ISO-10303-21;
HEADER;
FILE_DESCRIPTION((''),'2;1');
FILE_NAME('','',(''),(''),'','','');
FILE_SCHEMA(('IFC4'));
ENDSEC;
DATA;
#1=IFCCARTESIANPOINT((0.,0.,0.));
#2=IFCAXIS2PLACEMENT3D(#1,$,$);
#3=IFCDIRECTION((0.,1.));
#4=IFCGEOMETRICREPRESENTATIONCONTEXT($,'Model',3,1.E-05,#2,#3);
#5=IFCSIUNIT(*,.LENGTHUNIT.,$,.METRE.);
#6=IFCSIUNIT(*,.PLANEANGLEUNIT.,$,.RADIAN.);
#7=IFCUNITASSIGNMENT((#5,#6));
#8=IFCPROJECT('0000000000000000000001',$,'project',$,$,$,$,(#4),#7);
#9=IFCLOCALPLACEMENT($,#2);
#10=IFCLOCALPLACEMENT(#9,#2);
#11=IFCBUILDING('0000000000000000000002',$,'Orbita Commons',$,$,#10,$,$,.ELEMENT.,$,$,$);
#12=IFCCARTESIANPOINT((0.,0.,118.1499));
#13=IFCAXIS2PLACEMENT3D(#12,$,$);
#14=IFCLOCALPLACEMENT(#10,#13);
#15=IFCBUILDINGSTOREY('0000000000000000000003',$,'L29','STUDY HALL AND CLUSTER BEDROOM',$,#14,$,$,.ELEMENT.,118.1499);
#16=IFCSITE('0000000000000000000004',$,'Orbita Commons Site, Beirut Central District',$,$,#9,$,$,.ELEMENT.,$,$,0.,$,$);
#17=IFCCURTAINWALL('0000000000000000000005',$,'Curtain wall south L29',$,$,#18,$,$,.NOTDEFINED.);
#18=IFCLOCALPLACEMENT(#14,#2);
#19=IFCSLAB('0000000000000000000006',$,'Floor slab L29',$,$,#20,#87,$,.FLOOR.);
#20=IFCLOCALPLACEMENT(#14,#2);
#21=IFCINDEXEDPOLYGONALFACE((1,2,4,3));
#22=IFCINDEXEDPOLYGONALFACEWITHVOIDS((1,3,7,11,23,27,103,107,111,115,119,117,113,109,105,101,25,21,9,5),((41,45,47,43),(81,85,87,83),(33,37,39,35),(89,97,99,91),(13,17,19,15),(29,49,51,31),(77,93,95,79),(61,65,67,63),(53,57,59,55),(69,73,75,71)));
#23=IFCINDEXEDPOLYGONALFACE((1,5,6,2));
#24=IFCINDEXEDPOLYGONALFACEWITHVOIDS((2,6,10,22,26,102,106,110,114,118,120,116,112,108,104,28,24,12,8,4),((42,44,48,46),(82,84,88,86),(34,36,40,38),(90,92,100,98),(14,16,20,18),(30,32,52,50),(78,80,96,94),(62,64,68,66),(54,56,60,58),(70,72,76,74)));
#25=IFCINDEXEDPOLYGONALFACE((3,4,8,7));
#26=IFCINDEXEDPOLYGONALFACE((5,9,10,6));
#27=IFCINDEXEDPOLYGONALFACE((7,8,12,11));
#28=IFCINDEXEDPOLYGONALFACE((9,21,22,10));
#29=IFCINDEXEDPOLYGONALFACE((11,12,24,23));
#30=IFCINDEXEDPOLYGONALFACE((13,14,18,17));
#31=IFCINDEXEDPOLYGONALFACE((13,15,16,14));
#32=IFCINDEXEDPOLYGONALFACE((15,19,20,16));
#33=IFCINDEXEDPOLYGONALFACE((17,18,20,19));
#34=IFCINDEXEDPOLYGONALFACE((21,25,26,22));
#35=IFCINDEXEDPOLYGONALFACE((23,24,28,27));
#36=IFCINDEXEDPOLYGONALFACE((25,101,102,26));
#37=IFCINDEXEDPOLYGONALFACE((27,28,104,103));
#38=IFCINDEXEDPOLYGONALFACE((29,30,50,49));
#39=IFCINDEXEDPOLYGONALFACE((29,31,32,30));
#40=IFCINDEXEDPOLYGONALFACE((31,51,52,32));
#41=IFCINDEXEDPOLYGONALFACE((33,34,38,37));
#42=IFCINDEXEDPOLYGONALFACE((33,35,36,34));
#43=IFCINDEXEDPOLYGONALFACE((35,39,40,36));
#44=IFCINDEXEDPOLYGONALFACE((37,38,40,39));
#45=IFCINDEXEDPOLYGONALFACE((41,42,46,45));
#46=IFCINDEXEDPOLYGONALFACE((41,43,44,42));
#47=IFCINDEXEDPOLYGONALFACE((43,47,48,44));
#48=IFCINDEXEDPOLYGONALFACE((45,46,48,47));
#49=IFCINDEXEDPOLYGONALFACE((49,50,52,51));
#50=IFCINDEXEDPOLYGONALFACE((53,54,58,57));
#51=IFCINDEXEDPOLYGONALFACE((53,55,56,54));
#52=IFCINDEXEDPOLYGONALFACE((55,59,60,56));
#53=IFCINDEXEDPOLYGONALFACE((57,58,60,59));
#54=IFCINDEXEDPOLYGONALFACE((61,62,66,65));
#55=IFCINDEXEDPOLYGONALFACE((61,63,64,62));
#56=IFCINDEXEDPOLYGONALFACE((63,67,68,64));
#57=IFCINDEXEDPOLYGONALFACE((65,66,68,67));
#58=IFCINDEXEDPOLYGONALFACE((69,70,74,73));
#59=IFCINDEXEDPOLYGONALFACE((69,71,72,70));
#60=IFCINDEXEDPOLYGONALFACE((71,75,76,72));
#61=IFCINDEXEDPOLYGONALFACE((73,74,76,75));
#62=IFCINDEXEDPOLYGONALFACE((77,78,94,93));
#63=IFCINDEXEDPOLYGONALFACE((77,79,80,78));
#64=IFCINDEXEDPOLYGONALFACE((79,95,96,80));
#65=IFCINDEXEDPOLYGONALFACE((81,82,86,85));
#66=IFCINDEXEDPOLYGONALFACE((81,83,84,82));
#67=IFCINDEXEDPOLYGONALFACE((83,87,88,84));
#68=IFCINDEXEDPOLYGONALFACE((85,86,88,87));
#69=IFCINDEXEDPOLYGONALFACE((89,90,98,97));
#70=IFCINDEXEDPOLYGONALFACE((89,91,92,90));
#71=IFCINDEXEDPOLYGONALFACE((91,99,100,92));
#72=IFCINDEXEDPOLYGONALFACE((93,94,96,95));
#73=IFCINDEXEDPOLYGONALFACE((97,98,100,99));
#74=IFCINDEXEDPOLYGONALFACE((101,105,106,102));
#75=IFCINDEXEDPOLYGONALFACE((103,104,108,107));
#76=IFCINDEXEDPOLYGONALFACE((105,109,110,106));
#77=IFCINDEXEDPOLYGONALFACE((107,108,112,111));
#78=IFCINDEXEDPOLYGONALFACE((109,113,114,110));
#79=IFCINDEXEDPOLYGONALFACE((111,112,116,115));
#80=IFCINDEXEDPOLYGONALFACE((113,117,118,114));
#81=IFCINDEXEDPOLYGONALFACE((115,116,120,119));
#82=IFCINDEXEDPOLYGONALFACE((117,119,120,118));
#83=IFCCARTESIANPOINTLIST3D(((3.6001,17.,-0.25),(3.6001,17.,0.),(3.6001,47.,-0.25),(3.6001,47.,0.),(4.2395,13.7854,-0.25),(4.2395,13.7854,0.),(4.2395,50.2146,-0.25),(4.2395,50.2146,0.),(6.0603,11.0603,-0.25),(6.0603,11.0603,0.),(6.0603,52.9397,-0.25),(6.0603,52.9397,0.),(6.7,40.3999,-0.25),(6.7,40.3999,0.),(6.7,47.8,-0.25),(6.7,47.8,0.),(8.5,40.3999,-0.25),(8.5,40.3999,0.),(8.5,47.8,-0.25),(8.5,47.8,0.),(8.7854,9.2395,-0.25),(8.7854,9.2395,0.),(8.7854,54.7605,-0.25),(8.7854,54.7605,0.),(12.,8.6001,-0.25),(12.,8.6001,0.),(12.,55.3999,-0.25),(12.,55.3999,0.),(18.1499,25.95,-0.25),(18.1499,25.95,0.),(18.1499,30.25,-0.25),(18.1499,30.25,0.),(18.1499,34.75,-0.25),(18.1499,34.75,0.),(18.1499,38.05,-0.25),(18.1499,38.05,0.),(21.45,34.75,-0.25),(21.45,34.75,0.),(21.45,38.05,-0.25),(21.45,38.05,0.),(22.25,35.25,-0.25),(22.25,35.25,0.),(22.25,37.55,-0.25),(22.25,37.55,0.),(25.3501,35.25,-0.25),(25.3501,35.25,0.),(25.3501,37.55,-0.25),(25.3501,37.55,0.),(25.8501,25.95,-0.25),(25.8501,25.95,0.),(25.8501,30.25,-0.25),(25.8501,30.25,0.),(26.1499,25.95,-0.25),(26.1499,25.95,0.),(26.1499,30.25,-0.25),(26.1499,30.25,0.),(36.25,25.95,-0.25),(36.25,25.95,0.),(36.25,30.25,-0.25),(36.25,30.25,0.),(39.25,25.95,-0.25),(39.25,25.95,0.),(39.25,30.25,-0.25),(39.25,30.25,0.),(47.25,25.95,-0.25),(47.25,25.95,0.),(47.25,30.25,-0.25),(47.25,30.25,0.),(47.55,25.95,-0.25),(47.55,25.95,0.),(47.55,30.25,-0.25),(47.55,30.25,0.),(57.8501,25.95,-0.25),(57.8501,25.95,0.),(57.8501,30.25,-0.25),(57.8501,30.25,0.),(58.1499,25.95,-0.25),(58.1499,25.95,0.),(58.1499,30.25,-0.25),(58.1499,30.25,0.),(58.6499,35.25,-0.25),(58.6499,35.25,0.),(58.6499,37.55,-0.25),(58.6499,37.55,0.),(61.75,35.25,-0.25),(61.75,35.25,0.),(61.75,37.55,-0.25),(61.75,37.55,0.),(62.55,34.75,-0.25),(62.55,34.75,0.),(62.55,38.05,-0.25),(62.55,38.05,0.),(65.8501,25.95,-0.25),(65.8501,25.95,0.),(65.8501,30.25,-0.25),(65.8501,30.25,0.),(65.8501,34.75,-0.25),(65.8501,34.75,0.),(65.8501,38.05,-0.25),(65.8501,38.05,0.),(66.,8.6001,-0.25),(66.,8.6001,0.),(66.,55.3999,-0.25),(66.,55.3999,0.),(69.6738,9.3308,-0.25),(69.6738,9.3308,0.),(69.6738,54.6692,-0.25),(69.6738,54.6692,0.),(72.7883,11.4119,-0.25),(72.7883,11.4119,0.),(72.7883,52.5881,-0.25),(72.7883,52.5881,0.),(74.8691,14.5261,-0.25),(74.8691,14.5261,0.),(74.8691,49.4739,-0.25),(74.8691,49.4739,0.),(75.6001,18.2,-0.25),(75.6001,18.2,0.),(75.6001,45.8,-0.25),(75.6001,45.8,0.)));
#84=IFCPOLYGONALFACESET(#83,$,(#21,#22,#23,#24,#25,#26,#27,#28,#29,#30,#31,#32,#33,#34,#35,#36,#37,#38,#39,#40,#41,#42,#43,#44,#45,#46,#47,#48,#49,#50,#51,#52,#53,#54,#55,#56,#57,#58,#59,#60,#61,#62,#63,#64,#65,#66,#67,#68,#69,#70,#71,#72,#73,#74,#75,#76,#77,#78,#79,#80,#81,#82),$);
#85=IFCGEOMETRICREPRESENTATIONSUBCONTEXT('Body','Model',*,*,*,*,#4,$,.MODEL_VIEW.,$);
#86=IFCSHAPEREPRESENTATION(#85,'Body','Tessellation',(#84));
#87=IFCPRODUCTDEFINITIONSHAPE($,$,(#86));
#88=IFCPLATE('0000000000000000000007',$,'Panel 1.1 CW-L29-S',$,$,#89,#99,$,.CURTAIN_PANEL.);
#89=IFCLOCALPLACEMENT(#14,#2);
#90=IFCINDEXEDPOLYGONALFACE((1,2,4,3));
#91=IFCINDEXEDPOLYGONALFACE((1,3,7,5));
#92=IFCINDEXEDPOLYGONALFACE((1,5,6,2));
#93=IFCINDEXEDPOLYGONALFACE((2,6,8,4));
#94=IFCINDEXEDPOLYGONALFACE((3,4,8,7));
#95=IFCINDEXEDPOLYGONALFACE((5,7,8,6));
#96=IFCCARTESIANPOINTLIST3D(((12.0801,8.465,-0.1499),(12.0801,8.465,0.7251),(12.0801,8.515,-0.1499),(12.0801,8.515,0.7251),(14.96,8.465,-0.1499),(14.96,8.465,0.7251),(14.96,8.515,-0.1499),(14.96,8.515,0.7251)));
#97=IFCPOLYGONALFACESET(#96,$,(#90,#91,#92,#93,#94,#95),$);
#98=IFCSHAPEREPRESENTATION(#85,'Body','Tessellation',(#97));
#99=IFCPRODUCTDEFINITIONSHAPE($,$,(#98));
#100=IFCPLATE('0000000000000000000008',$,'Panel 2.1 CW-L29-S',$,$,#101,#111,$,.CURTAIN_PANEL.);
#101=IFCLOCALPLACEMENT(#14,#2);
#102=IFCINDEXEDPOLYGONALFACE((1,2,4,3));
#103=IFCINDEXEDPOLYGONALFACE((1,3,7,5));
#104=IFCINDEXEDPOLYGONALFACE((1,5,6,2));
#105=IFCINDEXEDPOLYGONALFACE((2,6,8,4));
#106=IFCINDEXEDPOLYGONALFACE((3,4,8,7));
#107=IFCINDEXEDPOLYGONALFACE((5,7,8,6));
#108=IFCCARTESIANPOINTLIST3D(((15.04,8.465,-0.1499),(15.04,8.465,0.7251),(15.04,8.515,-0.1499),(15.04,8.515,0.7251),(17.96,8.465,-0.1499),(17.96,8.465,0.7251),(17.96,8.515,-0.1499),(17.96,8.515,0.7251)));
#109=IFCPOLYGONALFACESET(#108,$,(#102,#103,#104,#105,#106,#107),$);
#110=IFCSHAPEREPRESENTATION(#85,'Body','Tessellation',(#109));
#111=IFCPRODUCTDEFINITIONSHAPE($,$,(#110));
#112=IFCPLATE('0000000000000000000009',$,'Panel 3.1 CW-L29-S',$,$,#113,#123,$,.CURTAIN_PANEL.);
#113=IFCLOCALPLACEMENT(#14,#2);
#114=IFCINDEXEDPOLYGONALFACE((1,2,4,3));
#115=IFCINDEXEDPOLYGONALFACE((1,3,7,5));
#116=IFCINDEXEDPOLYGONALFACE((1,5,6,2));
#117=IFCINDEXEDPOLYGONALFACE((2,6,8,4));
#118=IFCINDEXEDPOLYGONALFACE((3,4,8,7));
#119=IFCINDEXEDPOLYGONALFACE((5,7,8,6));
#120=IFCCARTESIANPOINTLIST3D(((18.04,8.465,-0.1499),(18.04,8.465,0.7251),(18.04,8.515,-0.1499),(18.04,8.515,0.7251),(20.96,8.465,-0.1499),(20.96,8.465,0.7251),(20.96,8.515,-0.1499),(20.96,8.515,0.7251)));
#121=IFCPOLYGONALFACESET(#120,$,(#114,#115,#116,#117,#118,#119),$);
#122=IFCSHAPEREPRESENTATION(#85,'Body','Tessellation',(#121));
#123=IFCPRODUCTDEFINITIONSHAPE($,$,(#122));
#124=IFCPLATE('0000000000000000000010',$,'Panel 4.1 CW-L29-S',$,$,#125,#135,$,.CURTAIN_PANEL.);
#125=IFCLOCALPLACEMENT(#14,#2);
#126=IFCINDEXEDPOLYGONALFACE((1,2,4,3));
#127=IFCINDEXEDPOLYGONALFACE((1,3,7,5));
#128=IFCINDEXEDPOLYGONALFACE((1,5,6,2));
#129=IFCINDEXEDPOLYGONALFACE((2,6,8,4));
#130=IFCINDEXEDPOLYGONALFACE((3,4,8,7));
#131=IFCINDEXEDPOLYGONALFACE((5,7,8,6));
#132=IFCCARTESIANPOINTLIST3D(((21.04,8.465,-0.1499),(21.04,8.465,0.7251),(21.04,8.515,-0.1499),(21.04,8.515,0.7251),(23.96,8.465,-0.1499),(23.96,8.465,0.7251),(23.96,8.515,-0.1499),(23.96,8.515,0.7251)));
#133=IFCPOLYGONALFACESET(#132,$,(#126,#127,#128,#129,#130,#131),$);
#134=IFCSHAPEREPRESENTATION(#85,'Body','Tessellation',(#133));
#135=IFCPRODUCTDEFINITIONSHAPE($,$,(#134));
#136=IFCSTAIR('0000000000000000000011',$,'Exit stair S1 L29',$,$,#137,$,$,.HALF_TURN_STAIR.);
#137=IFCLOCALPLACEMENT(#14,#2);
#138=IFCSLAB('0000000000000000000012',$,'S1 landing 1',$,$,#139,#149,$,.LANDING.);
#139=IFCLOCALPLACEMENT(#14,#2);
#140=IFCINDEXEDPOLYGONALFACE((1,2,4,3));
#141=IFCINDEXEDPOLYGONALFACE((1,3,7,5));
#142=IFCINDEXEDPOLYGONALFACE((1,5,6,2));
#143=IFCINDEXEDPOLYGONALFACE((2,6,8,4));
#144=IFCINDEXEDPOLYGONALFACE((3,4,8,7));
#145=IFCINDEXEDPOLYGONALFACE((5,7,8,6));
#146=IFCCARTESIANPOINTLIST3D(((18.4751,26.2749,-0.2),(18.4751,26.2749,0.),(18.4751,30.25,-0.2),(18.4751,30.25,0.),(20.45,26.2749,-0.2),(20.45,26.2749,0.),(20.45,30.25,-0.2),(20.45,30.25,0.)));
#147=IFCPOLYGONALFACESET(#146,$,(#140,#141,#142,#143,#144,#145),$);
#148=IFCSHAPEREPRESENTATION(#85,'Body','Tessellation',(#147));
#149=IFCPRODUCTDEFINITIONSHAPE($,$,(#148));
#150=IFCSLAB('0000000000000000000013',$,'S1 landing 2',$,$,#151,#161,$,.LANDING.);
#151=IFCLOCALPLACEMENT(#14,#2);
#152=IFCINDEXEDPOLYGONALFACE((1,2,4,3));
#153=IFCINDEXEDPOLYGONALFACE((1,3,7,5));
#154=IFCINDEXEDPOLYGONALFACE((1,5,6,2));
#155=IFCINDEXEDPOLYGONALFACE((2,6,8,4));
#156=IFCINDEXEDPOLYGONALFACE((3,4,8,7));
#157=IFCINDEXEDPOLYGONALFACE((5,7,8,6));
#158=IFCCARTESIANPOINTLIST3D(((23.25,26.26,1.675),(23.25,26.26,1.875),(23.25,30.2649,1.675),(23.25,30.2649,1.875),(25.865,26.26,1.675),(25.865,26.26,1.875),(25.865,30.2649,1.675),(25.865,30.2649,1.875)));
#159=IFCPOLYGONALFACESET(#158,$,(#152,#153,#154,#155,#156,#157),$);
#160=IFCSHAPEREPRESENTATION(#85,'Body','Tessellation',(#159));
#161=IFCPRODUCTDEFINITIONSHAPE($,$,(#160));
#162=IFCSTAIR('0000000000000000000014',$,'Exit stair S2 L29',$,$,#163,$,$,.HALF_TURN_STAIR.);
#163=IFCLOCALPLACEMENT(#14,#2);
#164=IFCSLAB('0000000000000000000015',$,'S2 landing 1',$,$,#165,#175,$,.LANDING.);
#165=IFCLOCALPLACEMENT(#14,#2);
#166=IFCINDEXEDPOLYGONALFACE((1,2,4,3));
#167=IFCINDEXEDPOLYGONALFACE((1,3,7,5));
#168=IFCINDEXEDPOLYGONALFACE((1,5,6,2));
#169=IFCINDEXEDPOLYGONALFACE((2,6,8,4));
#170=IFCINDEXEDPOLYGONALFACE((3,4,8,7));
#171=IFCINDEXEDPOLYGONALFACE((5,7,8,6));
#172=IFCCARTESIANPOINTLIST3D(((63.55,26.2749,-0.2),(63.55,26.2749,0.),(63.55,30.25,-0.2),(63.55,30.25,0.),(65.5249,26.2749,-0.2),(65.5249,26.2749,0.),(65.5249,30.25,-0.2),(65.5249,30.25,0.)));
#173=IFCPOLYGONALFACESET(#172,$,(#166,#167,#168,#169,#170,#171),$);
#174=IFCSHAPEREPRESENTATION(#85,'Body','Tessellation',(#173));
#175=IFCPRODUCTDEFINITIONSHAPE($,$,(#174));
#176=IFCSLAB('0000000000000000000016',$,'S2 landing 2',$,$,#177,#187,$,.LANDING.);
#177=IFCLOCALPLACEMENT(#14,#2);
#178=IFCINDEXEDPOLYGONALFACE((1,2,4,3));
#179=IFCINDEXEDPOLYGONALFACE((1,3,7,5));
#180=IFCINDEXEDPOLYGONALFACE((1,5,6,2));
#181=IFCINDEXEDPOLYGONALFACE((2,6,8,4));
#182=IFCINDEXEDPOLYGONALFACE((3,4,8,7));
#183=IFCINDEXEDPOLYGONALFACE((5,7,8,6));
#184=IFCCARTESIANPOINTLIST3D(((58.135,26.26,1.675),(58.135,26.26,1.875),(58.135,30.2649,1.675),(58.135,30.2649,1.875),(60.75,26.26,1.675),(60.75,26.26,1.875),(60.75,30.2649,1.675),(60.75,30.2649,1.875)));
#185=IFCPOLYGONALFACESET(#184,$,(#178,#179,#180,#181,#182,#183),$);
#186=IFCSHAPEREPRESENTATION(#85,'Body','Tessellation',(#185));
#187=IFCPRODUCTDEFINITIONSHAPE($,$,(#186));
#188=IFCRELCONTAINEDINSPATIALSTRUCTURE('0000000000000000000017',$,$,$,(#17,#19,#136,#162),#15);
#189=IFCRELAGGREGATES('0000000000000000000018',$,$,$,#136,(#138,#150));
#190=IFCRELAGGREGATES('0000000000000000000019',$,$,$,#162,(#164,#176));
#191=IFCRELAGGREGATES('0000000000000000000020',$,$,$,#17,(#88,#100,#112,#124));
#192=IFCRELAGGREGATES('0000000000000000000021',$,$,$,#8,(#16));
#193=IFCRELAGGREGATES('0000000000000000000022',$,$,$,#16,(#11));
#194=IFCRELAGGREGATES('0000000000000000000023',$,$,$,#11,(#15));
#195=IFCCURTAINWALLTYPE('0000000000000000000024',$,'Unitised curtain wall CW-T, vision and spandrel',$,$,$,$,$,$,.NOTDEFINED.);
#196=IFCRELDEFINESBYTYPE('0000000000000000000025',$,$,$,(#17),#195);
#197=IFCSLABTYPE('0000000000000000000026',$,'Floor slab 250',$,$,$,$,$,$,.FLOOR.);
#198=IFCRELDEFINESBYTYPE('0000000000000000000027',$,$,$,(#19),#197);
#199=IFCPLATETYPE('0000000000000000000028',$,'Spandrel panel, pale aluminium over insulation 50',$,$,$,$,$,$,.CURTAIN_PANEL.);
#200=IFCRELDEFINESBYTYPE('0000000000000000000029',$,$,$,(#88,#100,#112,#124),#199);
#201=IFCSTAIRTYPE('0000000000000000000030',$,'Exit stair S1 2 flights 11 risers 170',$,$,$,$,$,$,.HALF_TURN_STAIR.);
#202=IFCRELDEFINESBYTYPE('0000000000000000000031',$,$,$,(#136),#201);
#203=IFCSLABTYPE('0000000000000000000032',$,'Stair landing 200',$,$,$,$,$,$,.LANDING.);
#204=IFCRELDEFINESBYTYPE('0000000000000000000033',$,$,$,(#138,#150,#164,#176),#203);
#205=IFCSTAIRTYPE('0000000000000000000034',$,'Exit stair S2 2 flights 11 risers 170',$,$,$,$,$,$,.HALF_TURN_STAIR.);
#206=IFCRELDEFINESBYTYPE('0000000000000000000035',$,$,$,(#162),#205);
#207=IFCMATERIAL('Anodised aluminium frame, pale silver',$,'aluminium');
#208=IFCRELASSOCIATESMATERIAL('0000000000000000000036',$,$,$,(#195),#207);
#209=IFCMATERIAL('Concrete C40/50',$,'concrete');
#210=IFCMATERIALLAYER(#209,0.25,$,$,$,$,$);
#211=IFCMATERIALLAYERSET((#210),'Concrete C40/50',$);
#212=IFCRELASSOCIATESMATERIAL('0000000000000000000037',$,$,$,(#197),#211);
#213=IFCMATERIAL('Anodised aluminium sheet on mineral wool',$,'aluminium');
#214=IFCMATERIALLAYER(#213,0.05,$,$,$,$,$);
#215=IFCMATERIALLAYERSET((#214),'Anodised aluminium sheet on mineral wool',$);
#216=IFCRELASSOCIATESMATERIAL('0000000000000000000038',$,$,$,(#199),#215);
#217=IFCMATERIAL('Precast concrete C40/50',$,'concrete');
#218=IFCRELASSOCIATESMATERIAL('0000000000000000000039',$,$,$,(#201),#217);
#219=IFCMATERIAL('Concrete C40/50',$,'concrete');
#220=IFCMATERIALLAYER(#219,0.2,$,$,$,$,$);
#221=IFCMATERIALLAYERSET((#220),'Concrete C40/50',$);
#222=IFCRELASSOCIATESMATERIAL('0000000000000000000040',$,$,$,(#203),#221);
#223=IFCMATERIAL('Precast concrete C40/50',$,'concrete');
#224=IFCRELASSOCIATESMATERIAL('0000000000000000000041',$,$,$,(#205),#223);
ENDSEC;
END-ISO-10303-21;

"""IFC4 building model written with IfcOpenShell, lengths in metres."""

from ifc_helpers import new_model, si_unit, direction, frame, origin, origin_2d, place, context, subcontext, project, spatial, polyline, rectangle, outline, extrude, material, layer, layer_set, type_object, element, aggregate, save


model = new_model("IFC4")

# Units and contexts
model_context = context("Model", 3, precision=1e-05, world=origin(), true_north=direction((0.0, 1.0)))
body_context = subcontext(model_context, "Body", "Model", "MODEL_VIEW")
ifc_project = project(units=[si_unit("LENGTHUNIT", "METRE"), si_unit("PLANEANGLEUNIT", "RADIAN")], contexts=[model_context])

# Site, building, storey
site_placement = place(None, origin())
site = spatial("IfcSite", under=ifc_project, at=site_placement, Name="Orbita Commons Site, Beirut Central District", CompositionType="ELEMENT", RefElevation=0.0)
building_placement = place(site_placement, origin())
building = spatial("IfcBuilding", under=site, at=building_placement, Name="Orbita Commons", CompositionType="ELEMENT")
storey_placement = place(building_placement, frame((0.0, 0.0, 118.1499)))
storey = spatial("IfcBuildingStorey", under=building, at=storey_placement, Name="L29", Description="STUDY HALL AND CLUSTER BEDROOM", CompositionType="ELEMENT", Elevation=118.1499)

# Curtain wall
ifc_material_1 = material(Name="Anodised aluminium frame, pale silver", Category="aluminium")
curtain_wall_type = type_object("IfcCurtainWallType", Name="Unitised curtain wall CW-T, vision and spandrel", PredefinedType="NOTDEFINED", material=ifc_material_1)
curtain_wall_placement = place(storey_placement, origin())
curtain_wall = element("IfcCurtainWall", 1, at=curtain_wall_placement, inside=storey, type_object=curtain_wall_type, Name="Curtain wall south L29", PredefinedType="NOTDEFINED")

# Slab
ifc_material_2 = material(Name="Concrete C40/50", Category="concrete")
ifc_layer_1 = layer(ifc_material_2, 0.25)
ifc_layer_set_1 = layer_set([ifc_layer_1], Name="Concrete C40/50")
slab_type_1 = type_object("IfcSlabType", Name="Floor slab 250", PredefinedType="FLOOR", material=ifc_layer_set_1)
slab_1_placement = place(storey_placement, frame((0.0, 0.0, -0.25)))
element("IfcSlab", 2, at=slab_1_placement, inside=storey, type_object=slab_type_1, Name="Floor slab L29", PredefinedType="FLOOR", context=body_context, shape_type="SweptSolid", body=[
    extrude(outline(polyline([(66.0, 8.6001), (69.6738, 9.3308), (72.7883, 11.4119), (74.8691, 14.5261), (75.6001, 18.2), (75.6001, 45.8), (74.8691, 49.4739), (72.7883, 52.5881), (69.6738, 54.6692), (66.0, 55.3999), (12.0, 55.3999), (8.7854, 54.7605), (6.0603, 52.9397), (4.2395, 50.2146), (3.6001, 47.0), (3.6001, 17.0), (4.2395, 13.7854), (6.0603, 11.0603), (8.7854, 9.2395), (12.0, 8.6001), (66.0, 8.6001)]), holes=[polyline([(18.1499, 25.95), (25.8501, 25.95), (25.8501, 30.25), (18.1499, 30.25), (18.1499, 25.95)]), polyline([(58.1499, 25.95), (65.8501, 25.95), (65.8501, 30.25), (58.1499, 30.25), (58.1499, 25.95)]), polyline([(18.1499, 34.75), (21.45, 34.75), (21.45, 38.05), (18.1499, 38.05), (18.1499, 34.75)]), polyline([(62.55, 34.75), (65.8501, 34.75), (65.8501, 38.05), (62.55, 38.05), (62.55, 34.75)]), polyline([(22.25, 35.25), (25.3501, 35.25), (25.3501, 37.55), (22.25, 37.55), (22.25, 35.25)]), polyline([(58.6499, 35.25), (61.75, 35.25), (61.75, 37.55), (58.6499, 37.55), (58.6499, 35.25)]), polyline([(26.1499, 25.95), (36.25, 25.95), (36.25, 30.25), (26.1499, 30.25), (26.1499, 25.95)]), polyline([(39.25, 25.95), (47.25, 25.95), (47.25, 30.25), (39.25, 30.25), (39.25, 25.95)]), polyline([(47.55, 25.95), (57.8501, 25.95), (57.8501, 30.25), (47.55, 30.25), (47.55, 25.95)]), polyline([(6.7, 40.3999), (8.5, 40.3999), (8.5, 47.8), (6.7, 47.8), (6.7, 40.3999)])]), origin(), (0.0, 0.0, 1.0), 0.25),
])

# Plates
ifc_material_3 = material(Name="Anodised aluminium sheet on mineral wool", Category="aluminium")
ifc_layer_2 = layer(ifc_material_3, 0.05)
ifc_layer_set_2 = layer_set([ifc_layer_2], Name="Anodised aluminium sheet on mineral wool")
plate_type_1 = type_object("IfcPlateType", Name="Spandrel panel, pale aluminium over insulation 50", PredefinedType="CURTAIN_PANEL", material=ifc_layer_set_2)
plate_1_placement = place(storey_placement, frame((13.52, 8.49, -0.1499), z_axis=(0.0, 0.0, 1.0), x_axis=(1.0, 0.0, 0.0)))
plate_1 = element("IfcPlate", 3, at=plate_1_placement, type_object=plate_type_1, Name="Panel 1.1 CW-L29-S", PredefinedType="CURTAIN_PANEL", context=body_context, shape_type="SweptSolid", body=[
    extrude(rectangle(XDim=2.8799, YDim=0.05, at=origin_2d()), origin(), (0.0, 0.0, 1.0), 0.875),
])
plate_2_placement = place(storey_placement, frame((16.5, 8.49, -0.1499), z_axis=(0.0, 0.0, 1.0), x_axis=(1.0, 0.0, 0.0)))
plate_2 = element("IfcPlate", 4, at=plate_2_placement, type_object=plate_type_1, Name="Panel 2.1 CW-L29-S", PredefinedType="CURTAIN_PANEL", context=body_context, shape_type="SweptSolid", body=[
    extrude(rectangle(XDim=2.9199, YDim=0.05, at=origin_2d()), origin(), (0.0, 0.0, 1.0), 0.875),
])
plate_3_placement = place(storey_placement, frame((19.5, 8.49, -0.1499), z_axis=(0.0, 0.0, 1.0), x_axis=(1.0, 0.0, 0.0)))
plate_3 = element("IfcPlate", 5, at=plate_3_placement, type_object=plate_type_1, Name="Panel 3.1 CW-L29-S", PredefinedType="CURTAIN_PANEL", context=body_context, shape_type="SweptSolid", body=[
    extrude(rectangle(XDim=2.9199, YDim=0.05, at=origin_2d()), origin(), (0.0, 0.0, 1.0), 0.875),
])
plate_4_placement = place(storey_placement, frame((22.5, 8.49, -0.1499), z_axis=(0.0, 0.0, 1.0), x_axis=(1.0, 0.0, 0.0)))
plate_4 = element("IfcPlate", 6, at=plate_4_placement, type_object=plate_type_1, Name="Panel 4.1 CW-L29-S", PredefinedType="CURTAIN_PANEL", context=body_context, shape_type="SweptSolid", body=[
    extrude(rectangle(XDim=2.9199, YDim=0.05, at=origin_2d()), origin(), (0.0, 0.0, 1.0), 0.875),
])

# Stairs, slabs
ifc_material_4 = material(Name="Precast concrete C40/50", Category="concrete")
stair_type_1 = type_object("IfcStairType", Name="Exit stair S1 2 flights 11 risers 170", PredefinedType="HALF_TURN_STAIR", material=ifc_material_4)
stair_1_placement = place(storey_placement, origin())
stair_1 = element("IfcStair", 7, at=stair_1_placement, inside=storey, type_object=stair_type_1, Name="Exit stair S1 L29", PredefinedType="HALF_TURN_STAIR")
ifc_material_5 = material(Name="Concrete C40/50", Category="concrete")
ifc_layer_3 = layer(ifc_material_5, 0.2)
ifc_layer_set_3 = layer_set([ifc_layer_3], Name="Concrete C40/50")
slab_type_2 = type_object("IfcSlabType", Name="Stair landing 200", PredefinedType="LANDING", material=ifc_layer_set_3)
slab_2_placement = place(storey_placement, frame((0.0, 0.0, -0.2)))
slab_2 = element("IfcSlab", 8, at=slab_2_placement, type_object=slab_type_2, Name="S1 landing 1", PredefinedType="LANDING", context=body_context, shape_type="SweptSolid", body=[
    extrude(outline(polyline([(18.4751, 26.2749), (20.45, 26.2749), (20.45, 30.25), (18.4751, 30.25), (18.4751, 26.2749)])), origin(), (0.0, 0.0, 1.0), 0.2),
])
slab_3_placement = place(storey_placement, frame((0.0, 0.0, 1.675)))
slab_3 = element("IfcSlab", 9, at=slab_3_placement, type_object=slab_type_2, Name="S1 landing 2", PredefinedType="LANDING", context=body_context, shape_type="SweptSolid", body=[
    extrude(outline(polyline([(23.25, 26.26), (25.865, 26.26), (25.865, 30.2649), (23.25, 30.2649), (23.25, 26.26)])), origin(), (0.0, 0.0, 1.0), 0.2),
])
aggregate(stair_1, [slab_2, slab_3])
ifc_material_6 = material(Name="Precast concrete C40/50", Category="concrete")
stair_type_2 = type_object("IfcStairType", Name="Exit stair S2 2 flights 11 risers 170", PredefinedType="HALF_TURN_STAIR", material=ifc_material_6)
stair_2_placement = place(storey_placement, origin())
stair_2 = element("IfcStair", 10, at=stair_2_placement, inside=storey, type_object=stair_type_2, Name="Exit stair S2 L29", PredefinedType="HALF_TURN_STAIR")
slab_4_placement = place(storey_placement, frame((0.0, 0.0, -0.2)))
slab_4 = element("IfcSlab", 11, at=slab_4_placement, type_object=slab_type_2, Name="S2 landing 1", PredefinedType="LANDING", context=body_context, shape_type="SweptSolid", body=[
    extrude(outline(polyline([(63.55, 26.2749), (65.5249, 26.2749), (65.5249, 30.25), (63.55, 30.25), (63.55, 26.2749)])), origin(), (0.0, 0.0, 1.0), 0.2),
])
slab_5_placement = place(storey_placement, frame((0.0, 0.0, 1.675)))
slab_5 = element("IfcSlab", 12, at=slab_5_placement, type_object=slab_type_2, Name="S2 landing 2", PredefinedType="LANDING", context=body_context, shape_type="SweptSolid", body=[
    extrude(outline(polyline([(58.135, 26.26), (60.75, 26.26), (60.75, 30.2649), (58.135, 30.2649), (58.135, 26.26)])), origin(), (0.0, 0.0, 1.0), 0.2),
])
aggregate(stair_2, [slab_4, slab_5])

aggregate(curtain_wall, [plate_1, plate_2, plate_3, plate_4])

save(model, "model.ifc")
